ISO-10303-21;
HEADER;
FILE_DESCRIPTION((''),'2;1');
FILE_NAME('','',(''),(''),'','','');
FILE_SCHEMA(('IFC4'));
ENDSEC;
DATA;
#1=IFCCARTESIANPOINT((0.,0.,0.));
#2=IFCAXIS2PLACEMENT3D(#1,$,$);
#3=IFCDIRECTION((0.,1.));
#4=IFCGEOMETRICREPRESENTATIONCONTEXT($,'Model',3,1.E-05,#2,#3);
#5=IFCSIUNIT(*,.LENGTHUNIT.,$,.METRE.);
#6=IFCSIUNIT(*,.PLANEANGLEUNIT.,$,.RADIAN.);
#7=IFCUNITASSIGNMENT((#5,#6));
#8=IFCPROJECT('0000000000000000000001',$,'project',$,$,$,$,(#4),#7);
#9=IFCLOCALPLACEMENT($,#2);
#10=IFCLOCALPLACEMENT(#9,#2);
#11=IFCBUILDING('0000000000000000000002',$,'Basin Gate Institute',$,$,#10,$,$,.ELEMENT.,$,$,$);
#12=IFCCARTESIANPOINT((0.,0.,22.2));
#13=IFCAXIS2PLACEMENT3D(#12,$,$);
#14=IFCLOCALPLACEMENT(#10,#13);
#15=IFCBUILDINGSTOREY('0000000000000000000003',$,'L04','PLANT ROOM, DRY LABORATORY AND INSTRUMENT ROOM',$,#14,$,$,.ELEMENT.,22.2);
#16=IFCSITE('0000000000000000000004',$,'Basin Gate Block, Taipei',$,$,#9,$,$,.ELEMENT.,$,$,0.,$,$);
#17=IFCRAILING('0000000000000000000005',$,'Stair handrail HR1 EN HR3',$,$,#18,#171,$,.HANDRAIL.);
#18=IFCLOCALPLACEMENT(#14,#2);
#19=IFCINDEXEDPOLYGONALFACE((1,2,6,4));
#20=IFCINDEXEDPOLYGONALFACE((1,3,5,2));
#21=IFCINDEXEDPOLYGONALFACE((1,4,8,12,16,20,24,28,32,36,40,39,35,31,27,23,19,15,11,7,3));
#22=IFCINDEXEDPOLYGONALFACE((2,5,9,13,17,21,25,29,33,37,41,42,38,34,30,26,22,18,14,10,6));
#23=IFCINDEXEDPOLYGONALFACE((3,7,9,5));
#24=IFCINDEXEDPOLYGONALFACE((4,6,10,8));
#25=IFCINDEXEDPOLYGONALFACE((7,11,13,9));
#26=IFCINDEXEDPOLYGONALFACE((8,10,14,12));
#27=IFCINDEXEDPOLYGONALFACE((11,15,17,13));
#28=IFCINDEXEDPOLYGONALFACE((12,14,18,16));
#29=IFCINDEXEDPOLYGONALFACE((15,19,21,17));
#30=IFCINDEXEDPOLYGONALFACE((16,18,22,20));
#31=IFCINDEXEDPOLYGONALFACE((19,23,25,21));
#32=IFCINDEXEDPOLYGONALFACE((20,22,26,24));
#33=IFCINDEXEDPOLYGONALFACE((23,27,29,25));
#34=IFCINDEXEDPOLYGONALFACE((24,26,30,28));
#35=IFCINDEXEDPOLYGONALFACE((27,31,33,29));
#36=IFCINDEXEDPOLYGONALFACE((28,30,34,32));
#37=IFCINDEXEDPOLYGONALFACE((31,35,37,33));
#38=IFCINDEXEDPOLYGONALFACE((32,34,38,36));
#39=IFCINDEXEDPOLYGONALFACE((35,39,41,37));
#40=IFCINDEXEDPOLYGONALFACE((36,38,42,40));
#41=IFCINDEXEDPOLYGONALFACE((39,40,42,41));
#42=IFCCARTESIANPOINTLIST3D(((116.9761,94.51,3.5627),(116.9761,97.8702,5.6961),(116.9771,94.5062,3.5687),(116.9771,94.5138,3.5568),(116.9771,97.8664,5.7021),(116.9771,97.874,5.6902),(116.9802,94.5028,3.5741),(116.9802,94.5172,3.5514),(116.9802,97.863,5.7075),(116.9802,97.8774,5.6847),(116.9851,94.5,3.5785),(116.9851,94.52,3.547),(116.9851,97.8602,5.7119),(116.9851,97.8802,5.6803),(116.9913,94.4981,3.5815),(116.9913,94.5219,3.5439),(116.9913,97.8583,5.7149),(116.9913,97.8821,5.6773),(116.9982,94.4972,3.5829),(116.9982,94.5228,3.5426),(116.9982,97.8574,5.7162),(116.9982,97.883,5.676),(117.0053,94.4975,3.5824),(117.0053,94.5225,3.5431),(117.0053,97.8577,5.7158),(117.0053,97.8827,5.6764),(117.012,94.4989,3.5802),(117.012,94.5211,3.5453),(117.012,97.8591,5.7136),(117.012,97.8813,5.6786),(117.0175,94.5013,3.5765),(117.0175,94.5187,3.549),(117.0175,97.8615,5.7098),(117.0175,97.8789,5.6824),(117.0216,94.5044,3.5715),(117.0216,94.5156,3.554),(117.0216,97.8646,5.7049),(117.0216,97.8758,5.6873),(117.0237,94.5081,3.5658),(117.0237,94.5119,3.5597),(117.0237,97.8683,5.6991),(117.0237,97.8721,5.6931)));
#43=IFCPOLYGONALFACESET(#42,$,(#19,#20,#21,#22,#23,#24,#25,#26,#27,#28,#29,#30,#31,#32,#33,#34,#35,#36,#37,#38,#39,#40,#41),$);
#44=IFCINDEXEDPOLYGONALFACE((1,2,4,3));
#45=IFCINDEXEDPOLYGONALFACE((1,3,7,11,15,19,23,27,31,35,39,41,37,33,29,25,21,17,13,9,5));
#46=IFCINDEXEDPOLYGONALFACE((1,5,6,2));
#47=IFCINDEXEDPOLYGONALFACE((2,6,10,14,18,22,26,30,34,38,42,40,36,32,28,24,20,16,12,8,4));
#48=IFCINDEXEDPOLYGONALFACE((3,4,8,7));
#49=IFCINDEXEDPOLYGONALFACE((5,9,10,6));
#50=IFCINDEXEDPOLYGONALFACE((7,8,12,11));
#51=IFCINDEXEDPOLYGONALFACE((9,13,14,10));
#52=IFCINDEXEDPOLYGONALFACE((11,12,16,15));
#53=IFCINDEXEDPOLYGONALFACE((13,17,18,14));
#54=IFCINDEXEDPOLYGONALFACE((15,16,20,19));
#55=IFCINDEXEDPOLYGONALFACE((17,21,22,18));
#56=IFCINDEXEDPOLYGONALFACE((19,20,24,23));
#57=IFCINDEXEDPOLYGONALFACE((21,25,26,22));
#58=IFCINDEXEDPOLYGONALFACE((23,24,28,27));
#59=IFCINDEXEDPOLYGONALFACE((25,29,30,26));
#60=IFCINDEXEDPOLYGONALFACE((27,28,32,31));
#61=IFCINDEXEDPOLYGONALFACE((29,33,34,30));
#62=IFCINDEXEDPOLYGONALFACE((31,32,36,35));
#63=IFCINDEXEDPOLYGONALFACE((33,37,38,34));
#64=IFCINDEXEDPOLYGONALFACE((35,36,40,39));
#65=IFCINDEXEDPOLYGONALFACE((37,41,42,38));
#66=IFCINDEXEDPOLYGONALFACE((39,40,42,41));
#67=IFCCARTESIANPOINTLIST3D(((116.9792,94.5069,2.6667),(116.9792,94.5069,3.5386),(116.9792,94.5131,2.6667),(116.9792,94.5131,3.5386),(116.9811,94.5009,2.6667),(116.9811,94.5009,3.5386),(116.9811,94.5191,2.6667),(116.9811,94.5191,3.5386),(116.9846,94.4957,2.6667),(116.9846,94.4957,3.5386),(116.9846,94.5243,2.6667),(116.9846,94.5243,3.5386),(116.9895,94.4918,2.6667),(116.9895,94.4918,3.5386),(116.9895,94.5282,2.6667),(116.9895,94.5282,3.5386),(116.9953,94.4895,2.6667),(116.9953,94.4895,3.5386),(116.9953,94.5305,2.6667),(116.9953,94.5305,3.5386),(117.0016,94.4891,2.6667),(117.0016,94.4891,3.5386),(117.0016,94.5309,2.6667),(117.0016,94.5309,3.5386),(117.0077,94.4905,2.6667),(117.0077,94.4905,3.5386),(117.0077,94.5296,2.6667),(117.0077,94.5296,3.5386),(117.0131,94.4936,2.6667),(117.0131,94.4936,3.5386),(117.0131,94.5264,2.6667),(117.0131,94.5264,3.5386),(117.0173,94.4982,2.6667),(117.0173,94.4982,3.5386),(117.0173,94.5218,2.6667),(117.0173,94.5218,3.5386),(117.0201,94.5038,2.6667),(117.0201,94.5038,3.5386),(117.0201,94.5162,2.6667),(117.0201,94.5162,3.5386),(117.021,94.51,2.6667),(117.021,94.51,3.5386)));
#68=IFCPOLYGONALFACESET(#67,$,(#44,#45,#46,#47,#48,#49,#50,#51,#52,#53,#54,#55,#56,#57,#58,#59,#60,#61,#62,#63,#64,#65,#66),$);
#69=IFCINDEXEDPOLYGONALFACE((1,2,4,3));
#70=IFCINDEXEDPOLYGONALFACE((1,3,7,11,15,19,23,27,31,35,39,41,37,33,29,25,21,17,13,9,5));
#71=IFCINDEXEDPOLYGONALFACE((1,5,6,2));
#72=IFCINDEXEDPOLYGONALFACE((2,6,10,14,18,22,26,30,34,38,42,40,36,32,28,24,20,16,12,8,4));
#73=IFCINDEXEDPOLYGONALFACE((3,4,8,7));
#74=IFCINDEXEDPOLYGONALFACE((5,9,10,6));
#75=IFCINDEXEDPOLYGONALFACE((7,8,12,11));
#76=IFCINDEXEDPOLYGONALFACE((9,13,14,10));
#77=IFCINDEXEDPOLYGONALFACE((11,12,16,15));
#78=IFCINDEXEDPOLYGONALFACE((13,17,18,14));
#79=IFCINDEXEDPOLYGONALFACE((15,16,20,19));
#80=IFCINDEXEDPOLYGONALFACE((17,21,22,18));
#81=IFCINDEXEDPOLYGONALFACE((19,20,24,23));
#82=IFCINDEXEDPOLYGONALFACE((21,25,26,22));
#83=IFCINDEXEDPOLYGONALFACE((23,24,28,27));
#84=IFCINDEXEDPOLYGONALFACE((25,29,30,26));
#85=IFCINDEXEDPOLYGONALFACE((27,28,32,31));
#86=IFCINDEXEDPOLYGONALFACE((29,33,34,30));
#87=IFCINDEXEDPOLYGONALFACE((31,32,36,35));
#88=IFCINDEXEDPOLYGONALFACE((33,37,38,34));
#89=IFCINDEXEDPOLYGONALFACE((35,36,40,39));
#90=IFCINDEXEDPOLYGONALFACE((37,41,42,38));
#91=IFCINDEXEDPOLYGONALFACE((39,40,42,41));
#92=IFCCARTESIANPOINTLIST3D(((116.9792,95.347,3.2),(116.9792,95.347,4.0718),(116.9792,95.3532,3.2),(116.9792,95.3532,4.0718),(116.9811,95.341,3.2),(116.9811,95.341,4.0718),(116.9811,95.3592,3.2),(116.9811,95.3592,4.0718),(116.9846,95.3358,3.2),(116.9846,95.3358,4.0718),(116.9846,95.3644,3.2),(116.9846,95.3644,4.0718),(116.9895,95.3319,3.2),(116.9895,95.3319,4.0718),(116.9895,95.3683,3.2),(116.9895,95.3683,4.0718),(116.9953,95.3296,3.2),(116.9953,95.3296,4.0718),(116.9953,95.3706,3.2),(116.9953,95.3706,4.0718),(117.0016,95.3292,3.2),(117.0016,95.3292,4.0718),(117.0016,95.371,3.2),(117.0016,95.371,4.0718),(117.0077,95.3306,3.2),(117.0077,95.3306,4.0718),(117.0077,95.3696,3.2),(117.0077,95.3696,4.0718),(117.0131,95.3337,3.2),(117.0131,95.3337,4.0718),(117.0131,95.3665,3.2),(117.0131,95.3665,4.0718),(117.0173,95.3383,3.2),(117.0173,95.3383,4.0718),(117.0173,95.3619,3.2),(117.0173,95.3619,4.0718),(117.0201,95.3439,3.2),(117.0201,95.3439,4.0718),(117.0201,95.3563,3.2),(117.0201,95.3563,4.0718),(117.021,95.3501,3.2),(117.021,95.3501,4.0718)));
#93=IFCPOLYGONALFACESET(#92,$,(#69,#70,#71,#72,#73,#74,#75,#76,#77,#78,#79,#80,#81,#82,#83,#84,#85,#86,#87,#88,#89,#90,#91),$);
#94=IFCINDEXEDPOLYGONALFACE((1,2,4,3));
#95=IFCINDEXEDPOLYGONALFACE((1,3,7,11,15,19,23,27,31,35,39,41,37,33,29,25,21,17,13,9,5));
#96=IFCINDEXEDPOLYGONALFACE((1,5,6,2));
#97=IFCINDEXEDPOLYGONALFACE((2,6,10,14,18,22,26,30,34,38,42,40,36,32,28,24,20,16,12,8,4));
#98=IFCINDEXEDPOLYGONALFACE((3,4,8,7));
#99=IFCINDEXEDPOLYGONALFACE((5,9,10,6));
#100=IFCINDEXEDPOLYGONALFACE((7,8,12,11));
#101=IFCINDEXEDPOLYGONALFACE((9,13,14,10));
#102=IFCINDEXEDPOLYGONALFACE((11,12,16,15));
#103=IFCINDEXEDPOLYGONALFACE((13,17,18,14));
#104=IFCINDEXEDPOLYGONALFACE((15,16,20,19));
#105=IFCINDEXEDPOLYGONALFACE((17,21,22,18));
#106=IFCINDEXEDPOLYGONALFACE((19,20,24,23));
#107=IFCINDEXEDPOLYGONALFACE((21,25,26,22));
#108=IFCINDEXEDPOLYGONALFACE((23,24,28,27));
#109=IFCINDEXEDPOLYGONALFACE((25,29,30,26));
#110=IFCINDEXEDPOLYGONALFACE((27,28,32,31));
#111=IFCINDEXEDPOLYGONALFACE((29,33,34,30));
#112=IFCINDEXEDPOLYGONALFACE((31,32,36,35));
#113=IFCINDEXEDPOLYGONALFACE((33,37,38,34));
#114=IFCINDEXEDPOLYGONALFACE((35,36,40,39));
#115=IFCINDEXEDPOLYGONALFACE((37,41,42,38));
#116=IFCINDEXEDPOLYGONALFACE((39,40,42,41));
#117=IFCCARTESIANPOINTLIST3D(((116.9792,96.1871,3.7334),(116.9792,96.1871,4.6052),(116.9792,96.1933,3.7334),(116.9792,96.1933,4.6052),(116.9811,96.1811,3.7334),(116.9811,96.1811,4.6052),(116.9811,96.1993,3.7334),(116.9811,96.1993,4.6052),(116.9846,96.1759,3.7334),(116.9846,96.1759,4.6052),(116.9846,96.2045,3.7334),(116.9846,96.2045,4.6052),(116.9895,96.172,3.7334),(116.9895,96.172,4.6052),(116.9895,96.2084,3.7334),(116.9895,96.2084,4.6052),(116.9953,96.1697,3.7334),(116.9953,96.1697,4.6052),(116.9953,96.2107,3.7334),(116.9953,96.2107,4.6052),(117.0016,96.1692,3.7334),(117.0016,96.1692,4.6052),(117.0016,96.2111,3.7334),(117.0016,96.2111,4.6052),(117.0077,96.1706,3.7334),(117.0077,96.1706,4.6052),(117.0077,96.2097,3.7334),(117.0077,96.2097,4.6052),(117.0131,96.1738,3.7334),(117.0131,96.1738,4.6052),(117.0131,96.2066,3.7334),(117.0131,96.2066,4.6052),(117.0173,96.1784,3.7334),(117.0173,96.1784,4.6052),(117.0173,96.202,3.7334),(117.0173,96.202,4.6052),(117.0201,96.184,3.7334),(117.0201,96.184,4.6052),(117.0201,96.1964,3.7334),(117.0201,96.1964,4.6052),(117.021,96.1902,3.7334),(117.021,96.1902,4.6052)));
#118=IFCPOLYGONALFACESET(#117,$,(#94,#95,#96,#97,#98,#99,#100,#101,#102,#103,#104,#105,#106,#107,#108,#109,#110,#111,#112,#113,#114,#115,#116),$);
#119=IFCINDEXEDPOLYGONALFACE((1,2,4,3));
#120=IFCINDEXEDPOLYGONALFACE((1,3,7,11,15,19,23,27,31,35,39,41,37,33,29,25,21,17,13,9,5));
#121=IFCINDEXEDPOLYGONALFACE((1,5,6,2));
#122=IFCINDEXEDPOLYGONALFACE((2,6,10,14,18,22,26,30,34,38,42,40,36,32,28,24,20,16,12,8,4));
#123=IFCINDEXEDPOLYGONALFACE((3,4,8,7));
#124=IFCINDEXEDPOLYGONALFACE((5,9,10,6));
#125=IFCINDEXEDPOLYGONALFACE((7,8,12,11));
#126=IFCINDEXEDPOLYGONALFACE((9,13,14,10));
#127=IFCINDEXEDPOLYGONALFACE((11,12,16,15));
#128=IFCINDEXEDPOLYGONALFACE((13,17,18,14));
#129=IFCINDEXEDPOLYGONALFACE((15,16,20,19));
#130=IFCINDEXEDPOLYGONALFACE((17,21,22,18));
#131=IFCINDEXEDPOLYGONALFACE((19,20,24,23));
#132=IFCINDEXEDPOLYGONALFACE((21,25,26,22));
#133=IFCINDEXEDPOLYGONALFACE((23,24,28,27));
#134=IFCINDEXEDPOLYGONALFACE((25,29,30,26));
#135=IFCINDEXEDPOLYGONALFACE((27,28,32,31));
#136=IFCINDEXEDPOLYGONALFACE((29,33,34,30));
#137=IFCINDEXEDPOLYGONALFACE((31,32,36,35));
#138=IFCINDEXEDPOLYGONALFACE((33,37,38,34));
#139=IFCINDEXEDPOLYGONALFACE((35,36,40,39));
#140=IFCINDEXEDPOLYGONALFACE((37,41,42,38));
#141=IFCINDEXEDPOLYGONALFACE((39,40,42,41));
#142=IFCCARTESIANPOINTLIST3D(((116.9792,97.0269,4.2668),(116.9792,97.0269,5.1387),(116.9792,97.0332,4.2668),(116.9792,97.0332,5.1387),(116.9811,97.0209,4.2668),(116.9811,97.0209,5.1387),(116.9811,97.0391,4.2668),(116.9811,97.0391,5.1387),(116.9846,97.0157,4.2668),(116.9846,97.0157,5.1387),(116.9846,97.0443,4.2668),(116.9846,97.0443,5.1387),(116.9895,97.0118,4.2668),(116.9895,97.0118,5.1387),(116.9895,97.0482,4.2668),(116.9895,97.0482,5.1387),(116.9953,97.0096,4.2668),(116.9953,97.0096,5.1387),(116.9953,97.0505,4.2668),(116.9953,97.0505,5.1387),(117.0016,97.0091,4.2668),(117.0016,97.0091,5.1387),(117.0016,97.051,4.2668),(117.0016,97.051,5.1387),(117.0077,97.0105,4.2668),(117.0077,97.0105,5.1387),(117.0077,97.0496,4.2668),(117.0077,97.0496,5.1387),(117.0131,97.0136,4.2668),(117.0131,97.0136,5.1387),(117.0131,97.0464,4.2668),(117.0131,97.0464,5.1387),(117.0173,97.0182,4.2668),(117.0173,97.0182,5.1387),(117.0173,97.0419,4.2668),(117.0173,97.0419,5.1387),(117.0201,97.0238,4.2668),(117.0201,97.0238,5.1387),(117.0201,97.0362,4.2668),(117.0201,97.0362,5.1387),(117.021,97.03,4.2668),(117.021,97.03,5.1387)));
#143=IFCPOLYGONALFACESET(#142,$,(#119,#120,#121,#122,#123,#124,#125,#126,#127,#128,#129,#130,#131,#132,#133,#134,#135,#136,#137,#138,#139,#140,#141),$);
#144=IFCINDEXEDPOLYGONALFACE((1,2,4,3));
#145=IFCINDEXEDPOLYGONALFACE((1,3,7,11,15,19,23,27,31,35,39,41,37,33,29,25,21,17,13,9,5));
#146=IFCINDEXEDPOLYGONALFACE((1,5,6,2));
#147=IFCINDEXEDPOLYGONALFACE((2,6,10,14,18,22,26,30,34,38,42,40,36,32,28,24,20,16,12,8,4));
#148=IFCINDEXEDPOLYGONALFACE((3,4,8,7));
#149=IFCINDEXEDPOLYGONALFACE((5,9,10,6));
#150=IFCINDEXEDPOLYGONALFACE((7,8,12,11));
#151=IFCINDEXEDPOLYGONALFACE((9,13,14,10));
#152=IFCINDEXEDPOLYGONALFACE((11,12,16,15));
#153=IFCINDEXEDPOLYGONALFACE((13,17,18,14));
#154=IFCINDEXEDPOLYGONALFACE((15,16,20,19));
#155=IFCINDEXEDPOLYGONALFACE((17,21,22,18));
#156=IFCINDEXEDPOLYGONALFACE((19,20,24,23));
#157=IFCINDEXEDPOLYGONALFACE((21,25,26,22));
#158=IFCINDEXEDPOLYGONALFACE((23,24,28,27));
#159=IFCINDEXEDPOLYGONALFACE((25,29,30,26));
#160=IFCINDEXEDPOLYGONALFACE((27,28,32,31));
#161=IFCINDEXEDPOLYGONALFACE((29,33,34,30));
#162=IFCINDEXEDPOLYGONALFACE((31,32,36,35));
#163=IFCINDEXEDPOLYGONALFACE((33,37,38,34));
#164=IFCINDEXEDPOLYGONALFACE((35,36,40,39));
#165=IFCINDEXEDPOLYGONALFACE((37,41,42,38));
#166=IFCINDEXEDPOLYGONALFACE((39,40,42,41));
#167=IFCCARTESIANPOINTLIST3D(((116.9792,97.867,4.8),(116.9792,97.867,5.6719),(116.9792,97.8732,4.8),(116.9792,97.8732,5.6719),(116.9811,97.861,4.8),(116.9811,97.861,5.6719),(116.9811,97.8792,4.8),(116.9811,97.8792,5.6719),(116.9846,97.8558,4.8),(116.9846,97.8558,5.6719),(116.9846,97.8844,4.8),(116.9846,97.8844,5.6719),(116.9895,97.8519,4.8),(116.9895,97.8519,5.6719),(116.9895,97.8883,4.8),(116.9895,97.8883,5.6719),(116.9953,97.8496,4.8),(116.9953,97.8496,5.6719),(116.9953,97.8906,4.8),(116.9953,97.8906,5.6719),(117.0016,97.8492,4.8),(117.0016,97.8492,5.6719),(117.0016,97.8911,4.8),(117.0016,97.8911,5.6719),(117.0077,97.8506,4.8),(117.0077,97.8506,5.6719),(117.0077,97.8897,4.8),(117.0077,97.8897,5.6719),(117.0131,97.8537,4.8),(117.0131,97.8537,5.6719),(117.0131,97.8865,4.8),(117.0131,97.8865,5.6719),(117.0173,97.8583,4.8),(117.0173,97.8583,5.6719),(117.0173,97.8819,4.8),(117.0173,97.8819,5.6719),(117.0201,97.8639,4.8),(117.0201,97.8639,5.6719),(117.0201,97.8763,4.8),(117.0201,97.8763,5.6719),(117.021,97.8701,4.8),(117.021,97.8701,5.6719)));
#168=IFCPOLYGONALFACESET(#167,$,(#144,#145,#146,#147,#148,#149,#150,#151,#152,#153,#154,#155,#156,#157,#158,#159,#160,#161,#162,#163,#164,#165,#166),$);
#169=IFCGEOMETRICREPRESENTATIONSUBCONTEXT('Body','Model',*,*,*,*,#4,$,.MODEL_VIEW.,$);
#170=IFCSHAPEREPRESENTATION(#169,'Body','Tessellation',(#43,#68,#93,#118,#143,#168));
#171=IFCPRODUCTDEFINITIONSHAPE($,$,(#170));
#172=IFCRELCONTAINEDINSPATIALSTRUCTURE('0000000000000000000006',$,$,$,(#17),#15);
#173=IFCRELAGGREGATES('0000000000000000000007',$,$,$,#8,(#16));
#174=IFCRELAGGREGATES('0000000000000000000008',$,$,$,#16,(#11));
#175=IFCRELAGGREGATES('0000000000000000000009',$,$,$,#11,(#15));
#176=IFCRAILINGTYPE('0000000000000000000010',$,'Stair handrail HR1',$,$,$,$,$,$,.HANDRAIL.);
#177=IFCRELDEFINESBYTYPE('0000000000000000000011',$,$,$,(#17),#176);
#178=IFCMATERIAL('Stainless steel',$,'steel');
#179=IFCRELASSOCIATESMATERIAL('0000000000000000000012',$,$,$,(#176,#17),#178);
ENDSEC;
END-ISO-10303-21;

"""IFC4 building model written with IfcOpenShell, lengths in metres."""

from ifc_helpers import new_model, si_unit, direction, frame, origin, origin_2d, place, context, subcontext, project, spatial, circle, extrude, material, type_object, element, save


model = new_model("IFC4")

# Units and contexts
model_context = context("Model", 3, precision=1e-05, world=origin(), true_north=direction((0.0, 1.0)))
body_context = subcontext(model_context, "Body", "Model", "MODEL_VIEW")
ifc_project = project(units=[si_unit("LENGTHUNIT", "METRE"), si_unit("PLANEANGLEUNIT", "RADIAN")], contexts=[model_context])

# Site, building, storey
site_placement = place(None, origin())
site = spatial("IfcSite", under=ifc_project, at=site_placement, Name="Basin Gate Block, Taipei", CompositionType="ELEMENT", RefElevation=0.0)
building_placement = place(site_placement, origin())
building = spatial("IfcBuilding", under=site, at=building_placement, Name="Basin Gate Institute", CompositionType="ELEMENT")
storey_placement = place(building_placement, frame((0.0, 0.0, 22.2)))
storey = spatial("IfcBuildingStorey", under=building, at=storey_placement, Name="L04", Description="PLANT ROOM, DRY LABORATORY AND INSTRUMENT ROOM", CompositionType="ELEMENT", Elevation=22.2)

# Railing
ifc_material_1 = material(Name="Stainless steel", Category="steel")
railing_type_1 = type_object("IfcRailingType", Name="Stair handrail HR1", PredefinedType="HANDRAIL", material=ifc_material_1)
railing_1_placement = place(storey_placement, frame((117.0, 94.51, 2.6667)))
element("IfcRailing", 1, at=railing_1_placement, inside=storey, type_object=railing_type_1, material=ifc_material_1, Name="Stair handrail HR1 EN HR3", PredefinedType="HANDRAIL", context=body_context, shape_type="SweptSolid", body=[
    extrude(circle(Radius=0.0239, at=origin_2d()), frame((0.0, 0.0, 0.896), z_axis=(0.0, 0.844224, 0.53599), x_axis=(-1.0, 0.0, 0.0)), (0.0, 0.0, 1.0), 3.9802),
    extrude(circle(Radius=0.021, at=origin_2d()), origin(), (0.0, 0.0, 1.0), 0.8718),
    extrude(circle(Radius=0.021, at=origin_2d()), frame((0.0, 0.8401, 0.5332)), (0.0, 0.0, 1.0), 0.8718),
    extrude(circle(Radius=0.021, at=origin_2d()), frame((0.0, 1.6802, 1.0667)), (0.0, 0.0, 1.0), 0.8718),
    extrude(circle(Radius=0.021, at=origin_2d()), frame((0.0, 2.52, 1.6001)), (0.0, 0.0, 1.0), 0.8718),
    extrude(circle(Radius=0.021, at=origin_2d()), frame((0.0, 3.3601, 2.1333)), (0.0, 0.0, 1.0), 0.8718),
])

save(model, "model.ifc")
